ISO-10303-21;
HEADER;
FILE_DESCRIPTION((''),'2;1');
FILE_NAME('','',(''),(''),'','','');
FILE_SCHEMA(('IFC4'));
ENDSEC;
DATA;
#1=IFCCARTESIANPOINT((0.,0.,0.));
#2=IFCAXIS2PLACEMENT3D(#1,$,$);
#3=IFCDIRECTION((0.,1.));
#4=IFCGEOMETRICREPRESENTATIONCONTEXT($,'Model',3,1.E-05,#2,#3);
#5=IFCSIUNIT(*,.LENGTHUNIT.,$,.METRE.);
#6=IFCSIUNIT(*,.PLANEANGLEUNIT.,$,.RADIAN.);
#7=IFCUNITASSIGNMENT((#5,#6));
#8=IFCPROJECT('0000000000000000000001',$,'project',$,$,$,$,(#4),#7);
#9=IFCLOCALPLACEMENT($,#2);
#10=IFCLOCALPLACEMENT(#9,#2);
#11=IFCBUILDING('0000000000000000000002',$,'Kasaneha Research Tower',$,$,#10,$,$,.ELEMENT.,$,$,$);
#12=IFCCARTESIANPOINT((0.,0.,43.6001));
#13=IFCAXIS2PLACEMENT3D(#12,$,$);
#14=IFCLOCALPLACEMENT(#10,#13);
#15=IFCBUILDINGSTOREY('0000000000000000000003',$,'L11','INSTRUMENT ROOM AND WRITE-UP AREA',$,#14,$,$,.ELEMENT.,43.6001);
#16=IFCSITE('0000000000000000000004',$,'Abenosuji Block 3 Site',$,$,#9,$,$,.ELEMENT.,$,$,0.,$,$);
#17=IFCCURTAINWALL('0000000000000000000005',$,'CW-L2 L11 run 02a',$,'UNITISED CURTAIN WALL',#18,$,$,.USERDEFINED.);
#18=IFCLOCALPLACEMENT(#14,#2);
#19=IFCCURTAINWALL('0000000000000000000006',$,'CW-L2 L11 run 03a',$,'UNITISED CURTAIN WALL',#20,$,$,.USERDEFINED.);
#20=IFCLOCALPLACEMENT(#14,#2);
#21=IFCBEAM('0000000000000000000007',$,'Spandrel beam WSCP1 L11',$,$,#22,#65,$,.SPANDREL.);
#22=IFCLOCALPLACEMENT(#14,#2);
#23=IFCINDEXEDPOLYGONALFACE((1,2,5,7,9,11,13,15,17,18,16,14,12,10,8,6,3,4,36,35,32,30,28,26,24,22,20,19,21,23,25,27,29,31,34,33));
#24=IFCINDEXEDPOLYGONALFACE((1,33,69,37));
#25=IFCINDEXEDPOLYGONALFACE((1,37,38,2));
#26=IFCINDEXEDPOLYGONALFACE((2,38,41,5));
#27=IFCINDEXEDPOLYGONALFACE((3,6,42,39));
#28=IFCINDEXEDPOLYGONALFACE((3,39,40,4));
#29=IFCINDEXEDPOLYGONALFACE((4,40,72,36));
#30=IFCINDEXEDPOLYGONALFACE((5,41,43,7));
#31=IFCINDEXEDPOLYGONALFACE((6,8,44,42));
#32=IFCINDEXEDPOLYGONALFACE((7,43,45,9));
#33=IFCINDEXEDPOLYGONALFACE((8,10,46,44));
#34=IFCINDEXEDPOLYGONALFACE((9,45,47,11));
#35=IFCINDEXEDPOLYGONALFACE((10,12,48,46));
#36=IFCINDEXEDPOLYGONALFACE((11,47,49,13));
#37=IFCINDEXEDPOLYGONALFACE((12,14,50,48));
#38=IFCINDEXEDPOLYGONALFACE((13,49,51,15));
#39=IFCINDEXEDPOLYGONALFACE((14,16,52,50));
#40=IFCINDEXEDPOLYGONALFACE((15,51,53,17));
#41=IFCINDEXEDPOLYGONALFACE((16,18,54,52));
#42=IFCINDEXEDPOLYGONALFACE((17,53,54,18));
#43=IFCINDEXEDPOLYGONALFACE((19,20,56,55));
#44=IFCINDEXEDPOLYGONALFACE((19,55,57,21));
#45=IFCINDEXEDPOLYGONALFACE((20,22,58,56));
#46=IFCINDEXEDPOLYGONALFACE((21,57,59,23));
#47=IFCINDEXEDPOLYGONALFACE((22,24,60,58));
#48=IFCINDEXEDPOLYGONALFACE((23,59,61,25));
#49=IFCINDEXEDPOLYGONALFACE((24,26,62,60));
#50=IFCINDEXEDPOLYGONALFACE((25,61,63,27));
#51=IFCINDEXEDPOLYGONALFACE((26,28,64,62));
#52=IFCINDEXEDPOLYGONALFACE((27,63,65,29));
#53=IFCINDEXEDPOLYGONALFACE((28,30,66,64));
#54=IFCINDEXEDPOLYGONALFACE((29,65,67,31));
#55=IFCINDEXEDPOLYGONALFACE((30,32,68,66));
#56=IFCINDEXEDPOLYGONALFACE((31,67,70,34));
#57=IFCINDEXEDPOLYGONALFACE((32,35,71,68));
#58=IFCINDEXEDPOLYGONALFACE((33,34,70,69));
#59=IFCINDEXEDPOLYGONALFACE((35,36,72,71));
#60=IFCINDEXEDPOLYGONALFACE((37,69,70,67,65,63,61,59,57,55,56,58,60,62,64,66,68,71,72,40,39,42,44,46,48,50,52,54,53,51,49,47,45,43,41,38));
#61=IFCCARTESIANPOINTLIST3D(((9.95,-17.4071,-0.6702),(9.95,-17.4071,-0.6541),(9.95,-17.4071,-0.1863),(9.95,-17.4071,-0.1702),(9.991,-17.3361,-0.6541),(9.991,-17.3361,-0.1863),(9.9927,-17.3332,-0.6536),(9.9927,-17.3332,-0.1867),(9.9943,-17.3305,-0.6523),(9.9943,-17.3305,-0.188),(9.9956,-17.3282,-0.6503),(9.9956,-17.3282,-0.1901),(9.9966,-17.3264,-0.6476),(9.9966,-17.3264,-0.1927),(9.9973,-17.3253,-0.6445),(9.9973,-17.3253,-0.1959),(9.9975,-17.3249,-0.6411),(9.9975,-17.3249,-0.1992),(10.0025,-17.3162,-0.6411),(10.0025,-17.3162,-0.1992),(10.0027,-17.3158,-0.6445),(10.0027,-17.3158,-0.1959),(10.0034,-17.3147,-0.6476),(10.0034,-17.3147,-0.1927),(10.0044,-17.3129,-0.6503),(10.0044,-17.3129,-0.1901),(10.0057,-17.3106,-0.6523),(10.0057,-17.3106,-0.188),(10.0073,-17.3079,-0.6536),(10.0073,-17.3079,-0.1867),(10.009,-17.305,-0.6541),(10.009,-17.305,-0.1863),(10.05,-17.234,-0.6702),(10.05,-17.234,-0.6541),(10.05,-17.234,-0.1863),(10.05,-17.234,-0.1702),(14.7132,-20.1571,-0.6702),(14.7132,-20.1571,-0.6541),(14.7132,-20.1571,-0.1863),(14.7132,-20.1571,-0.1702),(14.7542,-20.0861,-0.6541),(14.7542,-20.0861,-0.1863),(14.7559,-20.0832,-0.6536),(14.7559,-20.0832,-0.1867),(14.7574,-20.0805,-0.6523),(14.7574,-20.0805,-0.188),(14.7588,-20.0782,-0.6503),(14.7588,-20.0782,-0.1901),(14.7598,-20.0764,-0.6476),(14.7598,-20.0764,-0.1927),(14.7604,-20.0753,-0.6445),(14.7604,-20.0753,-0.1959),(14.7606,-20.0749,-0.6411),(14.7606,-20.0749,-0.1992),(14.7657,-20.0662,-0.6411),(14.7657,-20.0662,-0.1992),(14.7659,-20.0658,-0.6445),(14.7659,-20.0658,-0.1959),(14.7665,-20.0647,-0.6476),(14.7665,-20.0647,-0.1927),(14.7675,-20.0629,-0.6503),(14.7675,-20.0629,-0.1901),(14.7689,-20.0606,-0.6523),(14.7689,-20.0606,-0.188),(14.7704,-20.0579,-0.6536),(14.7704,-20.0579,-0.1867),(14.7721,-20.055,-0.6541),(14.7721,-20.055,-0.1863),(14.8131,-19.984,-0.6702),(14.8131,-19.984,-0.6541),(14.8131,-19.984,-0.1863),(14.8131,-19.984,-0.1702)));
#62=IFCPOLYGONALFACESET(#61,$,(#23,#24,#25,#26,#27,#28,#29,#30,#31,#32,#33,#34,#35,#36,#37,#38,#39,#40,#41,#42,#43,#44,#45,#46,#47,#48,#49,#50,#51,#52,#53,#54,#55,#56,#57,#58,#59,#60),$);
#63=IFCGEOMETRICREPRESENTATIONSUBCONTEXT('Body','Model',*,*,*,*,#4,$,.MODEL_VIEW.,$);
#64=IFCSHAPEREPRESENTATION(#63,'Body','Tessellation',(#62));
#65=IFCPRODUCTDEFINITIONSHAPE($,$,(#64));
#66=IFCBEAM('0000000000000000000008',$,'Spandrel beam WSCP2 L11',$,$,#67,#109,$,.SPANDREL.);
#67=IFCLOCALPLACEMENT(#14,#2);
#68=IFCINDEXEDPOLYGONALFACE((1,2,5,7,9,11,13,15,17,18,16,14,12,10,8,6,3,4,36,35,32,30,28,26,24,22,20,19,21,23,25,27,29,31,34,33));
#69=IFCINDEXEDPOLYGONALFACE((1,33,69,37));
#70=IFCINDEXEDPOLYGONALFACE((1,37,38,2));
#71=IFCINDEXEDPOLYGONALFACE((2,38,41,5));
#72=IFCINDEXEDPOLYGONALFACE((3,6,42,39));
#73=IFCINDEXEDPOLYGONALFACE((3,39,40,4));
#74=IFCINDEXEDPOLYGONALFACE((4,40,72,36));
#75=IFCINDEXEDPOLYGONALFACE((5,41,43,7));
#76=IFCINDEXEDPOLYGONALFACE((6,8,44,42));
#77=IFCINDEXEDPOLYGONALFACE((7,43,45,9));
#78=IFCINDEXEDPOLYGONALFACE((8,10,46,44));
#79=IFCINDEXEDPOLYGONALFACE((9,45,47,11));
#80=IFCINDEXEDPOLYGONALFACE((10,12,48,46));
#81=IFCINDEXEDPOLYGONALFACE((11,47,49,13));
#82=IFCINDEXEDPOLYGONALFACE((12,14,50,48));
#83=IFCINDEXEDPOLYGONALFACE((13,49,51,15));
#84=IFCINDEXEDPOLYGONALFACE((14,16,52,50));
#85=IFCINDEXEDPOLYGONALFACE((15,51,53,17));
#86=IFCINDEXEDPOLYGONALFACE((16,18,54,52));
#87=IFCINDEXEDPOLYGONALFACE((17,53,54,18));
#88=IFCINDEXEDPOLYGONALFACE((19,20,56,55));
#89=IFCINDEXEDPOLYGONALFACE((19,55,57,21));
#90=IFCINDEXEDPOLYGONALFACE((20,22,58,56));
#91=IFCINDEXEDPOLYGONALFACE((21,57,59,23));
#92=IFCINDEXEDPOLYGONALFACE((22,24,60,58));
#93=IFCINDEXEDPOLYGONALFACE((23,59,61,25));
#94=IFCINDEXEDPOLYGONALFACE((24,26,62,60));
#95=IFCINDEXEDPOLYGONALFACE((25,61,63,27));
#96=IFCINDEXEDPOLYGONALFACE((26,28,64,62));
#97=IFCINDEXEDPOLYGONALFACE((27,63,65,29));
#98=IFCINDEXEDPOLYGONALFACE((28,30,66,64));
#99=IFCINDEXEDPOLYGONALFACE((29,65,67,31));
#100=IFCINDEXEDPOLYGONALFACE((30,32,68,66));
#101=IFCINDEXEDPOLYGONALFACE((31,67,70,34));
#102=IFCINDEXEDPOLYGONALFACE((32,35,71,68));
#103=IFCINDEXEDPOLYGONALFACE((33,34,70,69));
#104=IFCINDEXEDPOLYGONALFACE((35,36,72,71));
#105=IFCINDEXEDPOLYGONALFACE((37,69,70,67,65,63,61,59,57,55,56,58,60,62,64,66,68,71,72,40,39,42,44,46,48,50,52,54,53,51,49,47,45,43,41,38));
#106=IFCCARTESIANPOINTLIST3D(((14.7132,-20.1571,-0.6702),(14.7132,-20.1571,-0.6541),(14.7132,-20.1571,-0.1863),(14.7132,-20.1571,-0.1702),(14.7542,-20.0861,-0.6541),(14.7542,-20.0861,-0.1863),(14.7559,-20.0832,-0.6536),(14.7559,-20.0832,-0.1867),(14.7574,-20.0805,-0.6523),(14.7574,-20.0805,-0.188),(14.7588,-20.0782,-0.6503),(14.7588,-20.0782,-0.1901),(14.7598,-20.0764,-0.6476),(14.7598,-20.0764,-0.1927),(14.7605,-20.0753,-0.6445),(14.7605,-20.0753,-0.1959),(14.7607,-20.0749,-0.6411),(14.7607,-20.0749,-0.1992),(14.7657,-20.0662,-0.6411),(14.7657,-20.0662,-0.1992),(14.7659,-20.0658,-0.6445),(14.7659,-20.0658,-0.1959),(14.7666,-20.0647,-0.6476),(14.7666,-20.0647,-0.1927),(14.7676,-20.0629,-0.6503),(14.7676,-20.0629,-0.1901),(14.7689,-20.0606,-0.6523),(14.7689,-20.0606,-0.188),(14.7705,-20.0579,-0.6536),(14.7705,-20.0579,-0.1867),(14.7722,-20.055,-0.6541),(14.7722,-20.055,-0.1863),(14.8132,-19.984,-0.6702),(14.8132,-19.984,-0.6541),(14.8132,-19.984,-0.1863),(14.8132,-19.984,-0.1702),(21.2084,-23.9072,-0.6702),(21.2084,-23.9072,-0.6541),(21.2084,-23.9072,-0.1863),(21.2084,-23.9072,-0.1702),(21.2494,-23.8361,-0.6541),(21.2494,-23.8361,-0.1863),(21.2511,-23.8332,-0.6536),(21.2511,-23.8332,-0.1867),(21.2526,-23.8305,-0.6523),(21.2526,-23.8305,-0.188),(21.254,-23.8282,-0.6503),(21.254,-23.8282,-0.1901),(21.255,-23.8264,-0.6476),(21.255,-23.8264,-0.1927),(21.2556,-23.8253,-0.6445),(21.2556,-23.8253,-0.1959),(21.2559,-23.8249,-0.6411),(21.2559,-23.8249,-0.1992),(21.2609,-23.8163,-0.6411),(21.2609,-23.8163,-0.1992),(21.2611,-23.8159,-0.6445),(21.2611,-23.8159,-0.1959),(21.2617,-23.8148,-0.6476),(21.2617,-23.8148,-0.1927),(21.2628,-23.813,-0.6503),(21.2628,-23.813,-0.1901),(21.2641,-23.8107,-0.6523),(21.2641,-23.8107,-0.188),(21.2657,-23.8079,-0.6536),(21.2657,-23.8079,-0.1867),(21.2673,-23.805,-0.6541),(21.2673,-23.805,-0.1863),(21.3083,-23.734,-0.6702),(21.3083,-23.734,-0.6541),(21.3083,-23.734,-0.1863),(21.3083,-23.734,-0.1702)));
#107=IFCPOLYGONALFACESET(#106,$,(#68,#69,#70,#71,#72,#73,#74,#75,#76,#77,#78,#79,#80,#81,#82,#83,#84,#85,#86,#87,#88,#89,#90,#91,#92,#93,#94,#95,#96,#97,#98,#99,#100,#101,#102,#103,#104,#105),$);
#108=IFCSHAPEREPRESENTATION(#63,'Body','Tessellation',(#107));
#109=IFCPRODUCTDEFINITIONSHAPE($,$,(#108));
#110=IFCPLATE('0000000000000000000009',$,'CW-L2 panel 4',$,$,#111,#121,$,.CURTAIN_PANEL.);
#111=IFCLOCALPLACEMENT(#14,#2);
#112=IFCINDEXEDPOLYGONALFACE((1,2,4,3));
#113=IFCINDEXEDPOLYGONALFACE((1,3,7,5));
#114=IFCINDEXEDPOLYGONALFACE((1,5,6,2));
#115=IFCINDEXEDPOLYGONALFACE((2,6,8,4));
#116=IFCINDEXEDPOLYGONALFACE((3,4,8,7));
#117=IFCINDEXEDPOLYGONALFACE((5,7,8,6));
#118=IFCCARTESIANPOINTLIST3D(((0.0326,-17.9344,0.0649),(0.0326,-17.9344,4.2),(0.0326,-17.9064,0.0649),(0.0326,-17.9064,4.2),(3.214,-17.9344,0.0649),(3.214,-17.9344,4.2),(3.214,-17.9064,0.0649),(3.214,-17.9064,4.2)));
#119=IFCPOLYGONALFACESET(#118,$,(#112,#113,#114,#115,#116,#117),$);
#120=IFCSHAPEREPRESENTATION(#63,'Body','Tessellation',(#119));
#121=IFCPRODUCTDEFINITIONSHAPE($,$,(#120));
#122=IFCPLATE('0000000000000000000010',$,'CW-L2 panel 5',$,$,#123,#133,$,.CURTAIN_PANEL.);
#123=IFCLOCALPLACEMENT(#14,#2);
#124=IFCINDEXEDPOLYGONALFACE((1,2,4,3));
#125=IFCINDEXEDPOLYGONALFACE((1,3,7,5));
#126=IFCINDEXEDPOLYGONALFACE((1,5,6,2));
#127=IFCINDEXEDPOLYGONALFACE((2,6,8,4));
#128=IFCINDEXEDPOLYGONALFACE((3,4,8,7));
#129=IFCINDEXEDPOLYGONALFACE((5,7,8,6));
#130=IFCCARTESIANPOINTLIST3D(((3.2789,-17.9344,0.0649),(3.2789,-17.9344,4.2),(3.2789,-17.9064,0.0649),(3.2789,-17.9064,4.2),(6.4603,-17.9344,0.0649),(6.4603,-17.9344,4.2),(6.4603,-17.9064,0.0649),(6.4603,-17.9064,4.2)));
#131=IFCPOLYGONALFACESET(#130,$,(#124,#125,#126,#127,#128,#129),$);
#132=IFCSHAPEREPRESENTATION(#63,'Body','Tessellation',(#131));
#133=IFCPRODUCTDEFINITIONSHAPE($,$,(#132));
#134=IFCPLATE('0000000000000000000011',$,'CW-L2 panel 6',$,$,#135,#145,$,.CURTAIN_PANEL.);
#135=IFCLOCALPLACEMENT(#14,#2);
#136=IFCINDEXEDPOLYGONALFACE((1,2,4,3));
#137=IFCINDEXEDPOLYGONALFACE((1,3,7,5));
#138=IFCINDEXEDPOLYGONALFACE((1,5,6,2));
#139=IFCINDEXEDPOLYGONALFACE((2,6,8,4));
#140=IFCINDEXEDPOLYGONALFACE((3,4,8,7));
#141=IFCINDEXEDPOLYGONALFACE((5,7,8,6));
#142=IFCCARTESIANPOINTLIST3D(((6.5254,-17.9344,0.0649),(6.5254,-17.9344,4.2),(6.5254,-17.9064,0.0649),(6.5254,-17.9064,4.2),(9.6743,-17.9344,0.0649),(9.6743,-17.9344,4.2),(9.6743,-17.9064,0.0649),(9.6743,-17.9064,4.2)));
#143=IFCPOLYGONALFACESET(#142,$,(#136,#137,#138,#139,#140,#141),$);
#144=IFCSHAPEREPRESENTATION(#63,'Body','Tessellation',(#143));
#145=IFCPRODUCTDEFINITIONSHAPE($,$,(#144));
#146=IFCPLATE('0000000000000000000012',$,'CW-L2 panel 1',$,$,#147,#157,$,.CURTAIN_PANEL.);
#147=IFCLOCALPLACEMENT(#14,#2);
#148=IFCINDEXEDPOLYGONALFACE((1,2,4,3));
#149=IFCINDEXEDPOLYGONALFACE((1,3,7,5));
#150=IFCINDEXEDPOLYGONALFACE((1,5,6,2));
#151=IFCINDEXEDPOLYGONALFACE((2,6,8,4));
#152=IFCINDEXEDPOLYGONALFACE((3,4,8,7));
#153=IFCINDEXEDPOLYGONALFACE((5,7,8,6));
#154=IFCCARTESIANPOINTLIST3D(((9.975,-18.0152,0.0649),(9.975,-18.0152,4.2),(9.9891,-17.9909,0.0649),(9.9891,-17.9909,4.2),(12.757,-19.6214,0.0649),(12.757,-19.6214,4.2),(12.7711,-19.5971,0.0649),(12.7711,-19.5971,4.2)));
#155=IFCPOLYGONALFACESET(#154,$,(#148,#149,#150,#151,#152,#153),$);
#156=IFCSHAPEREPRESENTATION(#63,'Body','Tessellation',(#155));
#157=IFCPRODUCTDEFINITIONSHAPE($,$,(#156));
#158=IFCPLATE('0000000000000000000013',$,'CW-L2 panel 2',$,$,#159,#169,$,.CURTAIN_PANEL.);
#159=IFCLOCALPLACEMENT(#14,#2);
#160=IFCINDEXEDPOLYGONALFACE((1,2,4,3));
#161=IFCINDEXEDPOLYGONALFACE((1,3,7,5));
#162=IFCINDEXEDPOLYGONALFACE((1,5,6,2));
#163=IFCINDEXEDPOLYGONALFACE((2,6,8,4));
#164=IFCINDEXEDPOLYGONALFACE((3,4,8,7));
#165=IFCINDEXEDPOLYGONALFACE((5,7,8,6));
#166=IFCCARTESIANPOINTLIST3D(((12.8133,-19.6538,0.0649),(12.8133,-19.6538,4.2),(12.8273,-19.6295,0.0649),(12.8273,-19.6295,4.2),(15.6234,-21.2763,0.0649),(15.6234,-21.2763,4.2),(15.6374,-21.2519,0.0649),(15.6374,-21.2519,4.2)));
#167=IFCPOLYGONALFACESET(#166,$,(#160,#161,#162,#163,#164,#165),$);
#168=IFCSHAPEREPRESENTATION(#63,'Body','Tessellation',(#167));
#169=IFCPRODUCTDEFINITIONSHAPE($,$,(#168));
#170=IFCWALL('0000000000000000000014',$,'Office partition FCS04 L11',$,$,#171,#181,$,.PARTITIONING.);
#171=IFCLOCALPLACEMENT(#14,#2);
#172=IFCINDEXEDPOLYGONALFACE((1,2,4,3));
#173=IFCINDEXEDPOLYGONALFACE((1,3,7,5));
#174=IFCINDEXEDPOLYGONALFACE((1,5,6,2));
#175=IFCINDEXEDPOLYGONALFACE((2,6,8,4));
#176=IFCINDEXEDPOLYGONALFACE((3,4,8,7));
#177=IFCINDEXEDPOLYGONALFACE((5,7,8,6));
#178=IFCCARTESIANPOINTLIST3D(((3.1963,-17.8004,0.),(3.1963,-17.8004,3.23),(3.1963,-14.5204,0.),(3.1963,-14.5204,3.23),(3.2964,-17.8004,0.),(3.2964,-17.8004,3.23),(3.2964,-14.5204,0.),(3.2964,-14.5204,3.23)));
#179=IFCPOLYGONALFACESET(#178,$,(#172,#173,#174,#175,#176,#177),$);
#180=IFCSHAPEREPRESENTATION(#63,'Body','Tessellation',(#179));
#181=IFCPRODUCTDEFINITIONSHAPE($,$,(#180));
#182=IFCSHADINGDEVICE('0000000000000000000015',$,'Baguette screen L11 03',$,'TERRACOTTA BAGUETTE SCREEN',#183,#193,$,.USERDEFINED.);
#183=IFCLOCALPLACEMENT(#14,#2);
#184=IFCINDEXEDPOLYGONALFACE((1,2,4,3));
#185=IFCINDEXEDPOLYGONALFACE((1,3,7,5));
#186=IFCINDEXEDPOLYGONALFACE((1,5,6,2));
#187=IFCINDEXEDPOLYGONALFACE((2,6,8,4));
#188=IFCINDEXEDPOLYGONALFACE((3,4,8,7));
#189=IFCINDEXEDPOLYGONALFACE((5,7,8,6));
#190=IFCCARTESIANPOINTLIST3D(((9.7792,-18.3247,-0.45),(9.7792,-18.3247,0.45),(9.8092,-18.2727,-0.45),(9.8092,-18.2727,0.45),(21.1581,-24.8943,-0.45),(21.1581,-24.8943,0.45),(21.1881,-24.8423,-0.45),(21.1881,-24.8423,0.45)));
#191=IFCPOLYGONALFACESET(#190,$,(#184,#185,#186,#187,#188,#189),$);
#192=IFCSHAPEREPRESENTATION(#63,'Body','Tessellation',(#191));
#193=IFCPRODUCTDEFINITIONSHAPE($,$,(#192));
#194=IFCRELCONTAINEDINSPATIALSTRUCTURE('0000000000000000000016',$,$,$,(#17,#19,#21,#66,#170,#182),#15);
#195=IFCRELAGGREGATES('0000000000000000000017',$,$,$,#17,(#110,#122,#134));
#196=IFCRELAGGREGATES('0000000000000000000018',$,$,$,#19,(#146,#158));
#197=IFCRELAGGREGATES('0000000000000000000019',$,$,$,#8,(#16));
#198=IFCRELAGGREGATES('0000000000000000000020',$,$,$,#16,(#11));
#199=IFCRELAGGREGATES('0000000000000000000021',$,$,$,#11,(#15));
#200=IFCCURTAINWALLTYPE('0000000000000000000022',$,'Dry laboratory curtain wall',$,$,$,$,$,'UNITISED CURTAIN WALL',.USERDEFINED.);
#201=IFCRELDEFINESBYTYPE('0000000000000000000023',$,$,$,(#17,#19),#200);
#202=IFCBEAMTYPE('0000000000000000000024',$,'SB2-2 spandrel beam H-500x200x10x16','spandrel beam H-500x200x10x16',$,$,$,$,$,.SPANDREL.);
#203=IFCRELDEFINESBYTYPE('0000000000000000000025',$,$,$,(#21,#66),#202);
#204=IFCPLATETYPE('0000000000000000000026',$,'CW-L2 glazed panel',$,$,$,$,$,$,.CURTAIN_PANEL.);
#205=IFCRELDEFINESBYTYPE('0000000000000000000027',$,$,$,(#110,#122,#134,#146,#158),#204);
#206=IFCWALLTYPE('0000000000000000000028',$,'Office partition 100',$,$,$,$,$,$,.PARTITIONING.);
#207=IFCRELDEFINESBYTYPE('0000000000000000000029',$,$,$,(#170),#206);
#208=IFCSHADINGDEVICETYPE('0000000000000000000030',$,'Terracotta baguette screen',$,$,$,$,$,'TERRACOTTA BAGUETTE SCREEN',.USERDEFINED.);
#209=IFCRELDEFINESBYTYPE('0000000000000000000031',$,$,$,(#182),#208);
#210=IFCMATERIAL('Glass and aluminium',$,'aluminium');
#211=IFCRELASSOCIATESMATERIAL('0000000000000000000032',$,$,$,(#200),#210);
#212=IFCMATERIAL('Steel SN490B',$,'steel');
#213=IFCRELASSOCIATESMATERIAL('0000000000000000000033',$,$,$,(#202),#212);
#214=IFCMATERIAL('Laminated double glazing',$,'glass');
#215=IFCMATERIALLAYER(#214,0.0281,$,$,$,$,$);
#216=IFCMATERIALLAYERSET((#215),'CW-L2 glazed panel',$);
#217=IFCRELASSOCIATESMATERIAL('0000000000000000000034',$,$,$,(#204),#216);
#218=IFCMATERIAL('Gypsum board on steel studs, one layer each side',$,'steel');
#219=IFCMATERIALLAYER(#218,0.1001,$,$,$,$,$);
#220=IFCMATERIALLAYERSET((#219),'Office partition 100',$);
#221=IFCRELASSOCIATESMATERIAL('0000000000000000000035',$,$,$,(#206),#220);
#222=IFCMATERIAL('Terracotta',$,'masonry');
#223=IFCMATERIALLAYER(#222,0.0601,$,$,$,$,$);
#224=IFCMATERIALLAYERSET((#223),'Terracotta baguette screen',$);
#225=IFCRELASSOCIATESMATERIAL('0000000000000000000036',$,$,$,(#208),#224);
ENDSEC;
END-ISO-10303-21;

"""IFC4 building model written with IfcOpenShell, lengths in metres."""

from ifc_helpers import new_model, si_unit, direction, frame, frame_2d, origin, origin_2d, place, context, subcontext, project, spatial, rectangle, i_section, extrude, material, layer, layer_set, material_profile, profile_set, type_object, element, aggregate, save


model = new_model("IFC4")

# Units and contexts
model_context = context("Model", 3, precision=1e-05, world=origin(), true_north=direction((0.0, 1.0)))
body_context = subcontext(model_context, "Body", "Model", "MODEL_VIEW")
ifc_project = project(units=[si_unit("LENGTHUNIT", "METRE"), si_unit("PLANEANGLEUNIT", "RADIAN")], contexts=[model_context])

# Site, building, storey
site_placement = place(None, origin())
site = spatial("IfcSite", under=ifc_project, at=site_placement, Name="Abenosuji Block 3 Site", CompositionType="ELEMENT", RefElevation=0.0)
building_placement = place(site_placement, origin())
building = spatial("IfcBuilding", under=site, at=building_placement, Name="Kasaneha Research Tower", CompositionType="ELEMENT")
storey_placement = place(building_placement, frame((0.0, 0.0, 43.6001)))
storey = spatial("IfcBuildingStorey", under=building, at=storey_placement, Name="L11", Description="INSTRUMENT ROOM AND WRITE-UP AREA", CompositionType="ELEMENT", Elevation=43.6001)

# Curtain walls
ifc_material_1 = material(Name="Glass and aluminium", Category="aluminium")
curtain_wall_type = type_object("IfcCurtainWallType", Name="Dry laboratory curtain wall", ElementType="UNITISED CURTAIN WALL", PredefinedType="USERDEFINED", material=ifc_material_1)
curtain_wall_1_placement = place(storey_placement, origin())
curtain_wall_1 = element("IfcCurtainWall", 1, at=curtain_wall_1_placement, inside=storey, type_object=curtain_wall_type, Name="CW-L2 L11 run 02a", ObjectType="UNITISED CURTAIN WALL", PredefinedType="USERDEFINED")
curtain_wall_2_placement = place(storey_placement, origin())
curtain_wall_2 = element("IfcCurtainWall", 2, at=curtain_wall_2_placement, inside=storey, type_object=curtain_wall_type, Name="CW-L2 L11 run 03a", ObjectType="UNITISED CURTAIN WALL", PredefinedType="USERDEFINED")

# Beams
ifc_material_2 = material(Name="Steel SN490B", Category="steel")
ifc_material_profile_1 = material_profile(ifc_material_2, i_section(OverallWidth=0.2, OverallDepth=0.5, WebThickness=0.01, FlangeThickness=0.0161, FilletRadius=0.0129, at=origin_2d()), Name="H-500x200x10x16")
ifc_profile_set_1 = profile_set([ifc_material_profile_1], Name="Steel SN490B")
beam_type_1 = type_object("IfcBeamType", Name="SB2-2 spandrel beam H-500x200x10x16", Description="spandrel beam H-500x200x10x16", PredefinedType="SPANDREL", material=ifc_profile_set_1)
beam_1_placement = place(storey_placement, frame((10.0, -17.3206, -0.4202), z_axis=(0.866027, -0.499997, 0.0), x_axis=(0.499997, 0.866027, 0.0)))
element("IfcBeam", 3, at=beam_1_placement, inside=storey, type_object=beam_type_1, Name="Spandrel beam WSCP1 L11", PredefinedType="SPANDREL", context=body_context, shape_type="SweptSolid", body=[
    extrude(i_section(OverallWidth=0.2, OverallDepth=0.5, WebThickness=0.01, FlangeThickness=0.0161, FilletRadius=0.0129, at=origin_2d()), origin(), (0.0, 0.0, 1.0), 5.5),
])
beam_2_placement = place(storey_placement, frame((14.7632, -20.0706, -0.4202), z_axis=(0.866023, -0.500004, 0.0), x_axis=(0.500004, 0.866023, 0.0)))
element("IfcBeam", 4, at=beam_2_placement, inside=storey, type_object=beam_type_1, Name="Spandrel beam WSCP2 L11", PredefinedType="SPANDREL", context=body_context, shape_type="SweptSolid", body=[
    extrude(i_section(OverallWidth=0.2, OverallDepth=0.5, WebThickness=0.01, FlangeThickness=0.0161, FilletRadius=0.0129, at=origin_2d()), origin(), (0.0, 0.0, 1.0), 7.5),
])

# Plates
ifc_material_3 = material(Name="Laminated double glazing", Category="glass")
ifc_layer_1 = layer(ifc_material_3, 0.0281)
ifc_layer_set_1 = layer_set([ifc_layer_1], Name="CW-L2 glazed panel")
plate_type = type_object("IfcPlateType", Name="CW-L2 glazed panel", PredefinedType="CURTAIN_PANEL", material=ifc_layer_set_1)
plate_1_placement = place(storey_placement, frame((1.6233, -17.9204, 0.0649), z_axis=(0.0, 0.0, 1.0), x_axis=(1.0, 0.0, 0.0)))
plate_1 = element("IfcPlate", 5, at=plate_1_placement, type_object=plate_type, Name="CW-L2 panel 4", PredefinedType="CURTAIN_PANEL", context=body_context, shape_type="SweptSolid", body=[
    extrude(rectangle(XDim=3.1814, YDim=0.0281, at=origin_2d()), origin(), (0.0, 0.0, 1.0), 4.135),
])
plate_2_placement = place(storey_placement, frame((4.8696, -17.9204, 0.0649), z_axis=(0.0, 0.0, 1.0), x_axis=(1.0, 0.0, 0.0)))
plate_2 = element("IfcPlate", 6, at=plate_2_placement, type_object=plate_type, Name="CW-L2 panel 5", PredefinedType="CURTAIN_PANEL", context=body_context, shape_type="SweptSolid", body=[
    extrude(rectangle(XDim=3.1814, YDim=0.0281, at=origin_2d()), origin(), (0.0, 0.0, 1.0), 4.135),
])
plate_3_placement = place(storey_placement, frame((8.0999, -17.9204, 0.0649), z_axis=(0.0, 0.0, 1.0), x_axis=(1.0, 0.0, 0.0)))
plate_3 = element("IfcPlate", 7, at=plate_3_placement, type_object=plate_type, Name="CW-L2 panel 6", PredefinedType="CURTAIN_PANEL", context=body_context, shape_type="SweptSolid", body=[
    extrude(rectangle(XDim=3.1489, YDim=0.0281, at=origin_2d()), origin(), (0.0, 0.0, 1.0), 4.135),
])
aggregate(curtain_wall_1, [plate_1, plate_2, plate_3])
plate_4_placement = place(storey_placement, frame((11.373, -18.8062, 0.0649), z_axis=(0.0, 0.0, 1.0), x_axis=(0.866025, -0.5, 0.0)))
plate_4 = element("IfcPlate", 8, at=plate_4_placement, type_object=plate_type, Name="CW-L2 panel 1", PredefinedType="CURTAIN_PANEL", context=body_context, shape_type="SweptSolid", body=[
    extrude(rectangle(XDim=3.2124, YDim=0.0281, at=origin_2d()), origin(), (0.0, 0.0, 1.0), 4.135),
])
plate_5_placement = place(storey_placement, frame((14.2253, -20.4529, 0.0649), z_axis=(0.0, 0.0, 1.0), x_axis=(0.866025, -0.5, 0.0)))
plate_5 = element("IfcPlate", 9, at=plate_5_placement, type_object=plate_type, Name="CW-L2 panel 2", PredefinedType="CURTAIN_PANEL", context=body_context, shape_type="SweptSolid", body=[
    extrude(rectangle(XDim=3.2449, YDim=0.0281, at=origin_2d()), origin(), (0.0, 0.0, 1.0), 4.135),
])
aggregate(curtain_wall_2, [plate_4, plate_5])

# Wall
ifc_material_4 = material(Name="Gypsum board on steel studs, one layer each side", Category="steel")
ifc_layer_2 = layer(ifc_material_4, 0.1001)
ifc_layer_set_2 = layer_set([ifc_layer_2], Name="Office partition 100")
wall_type = type_object("IfcWallType", Name="Office partition 100", PredefinedType="PARTITIONING", material=ifc_layer_set_2)
wall_placement = place(storey_placement, frame((3.2463, -17.8005, 0.0), z_axis=(0.0, 0.0, 1.0), x_axis=(0.0, 1.0, 0.0)))
element("IfcWall", 10, at=wall_placement, inside=storey, type_object=wall_type, Name="Office partition FCS04 L11", PredefinedType="PARTITIONING", context=body_context, shape_type="SweptSolid", body=[
    extrude(rectangle(XDim=3.28, YDim=0.1001, at=frame_2d((1.6401, 0.0))), origin(), (0.0, 0.0, 1.0), 3.23),
])

# Shading device
ifc_material_5 = material(Name="Terracotta", Category="masonry")
ifc_layer_3 = layer(ifc_material_5, 0.0601)
ifc_layer_set_3 = layer_set([ifc_layer_3], Name="Terracotta baguette screen")
shading_device_type = type_object("IfcShadingDeviceType", Name="Terracotta baguette screen", ElementType="TERRACOTTA BAGUETTE SCREEN", PredefinedType="USERDEFINED", material=ifc_layer_set_3)
shading_device_placement = place(storey_placement, frame((15.4836, -21.5835, -0.45), z_axis=(0.0, 0.0, 1.0), x_axis=(0.866025, -0.5, 0.0)))
element("IfcShadingDevice", 11, at=shading_device_placement, inside=storey, type_object=shading_device_type, Name="Baguette screen L11 03", ObjectType="TERRACOTTA BAGUETTE SCREEN", PredefinedType="USERDEFINED", context=body_context, shape_type="SweptSolid", body=[
    extrude(rectangle(XDim=13.1392, YDim=0.0601, at=origin_2d()), origin(), (0.0, 0.0, 1.0), 0.8999),
])

save(model, "model.ifc")
